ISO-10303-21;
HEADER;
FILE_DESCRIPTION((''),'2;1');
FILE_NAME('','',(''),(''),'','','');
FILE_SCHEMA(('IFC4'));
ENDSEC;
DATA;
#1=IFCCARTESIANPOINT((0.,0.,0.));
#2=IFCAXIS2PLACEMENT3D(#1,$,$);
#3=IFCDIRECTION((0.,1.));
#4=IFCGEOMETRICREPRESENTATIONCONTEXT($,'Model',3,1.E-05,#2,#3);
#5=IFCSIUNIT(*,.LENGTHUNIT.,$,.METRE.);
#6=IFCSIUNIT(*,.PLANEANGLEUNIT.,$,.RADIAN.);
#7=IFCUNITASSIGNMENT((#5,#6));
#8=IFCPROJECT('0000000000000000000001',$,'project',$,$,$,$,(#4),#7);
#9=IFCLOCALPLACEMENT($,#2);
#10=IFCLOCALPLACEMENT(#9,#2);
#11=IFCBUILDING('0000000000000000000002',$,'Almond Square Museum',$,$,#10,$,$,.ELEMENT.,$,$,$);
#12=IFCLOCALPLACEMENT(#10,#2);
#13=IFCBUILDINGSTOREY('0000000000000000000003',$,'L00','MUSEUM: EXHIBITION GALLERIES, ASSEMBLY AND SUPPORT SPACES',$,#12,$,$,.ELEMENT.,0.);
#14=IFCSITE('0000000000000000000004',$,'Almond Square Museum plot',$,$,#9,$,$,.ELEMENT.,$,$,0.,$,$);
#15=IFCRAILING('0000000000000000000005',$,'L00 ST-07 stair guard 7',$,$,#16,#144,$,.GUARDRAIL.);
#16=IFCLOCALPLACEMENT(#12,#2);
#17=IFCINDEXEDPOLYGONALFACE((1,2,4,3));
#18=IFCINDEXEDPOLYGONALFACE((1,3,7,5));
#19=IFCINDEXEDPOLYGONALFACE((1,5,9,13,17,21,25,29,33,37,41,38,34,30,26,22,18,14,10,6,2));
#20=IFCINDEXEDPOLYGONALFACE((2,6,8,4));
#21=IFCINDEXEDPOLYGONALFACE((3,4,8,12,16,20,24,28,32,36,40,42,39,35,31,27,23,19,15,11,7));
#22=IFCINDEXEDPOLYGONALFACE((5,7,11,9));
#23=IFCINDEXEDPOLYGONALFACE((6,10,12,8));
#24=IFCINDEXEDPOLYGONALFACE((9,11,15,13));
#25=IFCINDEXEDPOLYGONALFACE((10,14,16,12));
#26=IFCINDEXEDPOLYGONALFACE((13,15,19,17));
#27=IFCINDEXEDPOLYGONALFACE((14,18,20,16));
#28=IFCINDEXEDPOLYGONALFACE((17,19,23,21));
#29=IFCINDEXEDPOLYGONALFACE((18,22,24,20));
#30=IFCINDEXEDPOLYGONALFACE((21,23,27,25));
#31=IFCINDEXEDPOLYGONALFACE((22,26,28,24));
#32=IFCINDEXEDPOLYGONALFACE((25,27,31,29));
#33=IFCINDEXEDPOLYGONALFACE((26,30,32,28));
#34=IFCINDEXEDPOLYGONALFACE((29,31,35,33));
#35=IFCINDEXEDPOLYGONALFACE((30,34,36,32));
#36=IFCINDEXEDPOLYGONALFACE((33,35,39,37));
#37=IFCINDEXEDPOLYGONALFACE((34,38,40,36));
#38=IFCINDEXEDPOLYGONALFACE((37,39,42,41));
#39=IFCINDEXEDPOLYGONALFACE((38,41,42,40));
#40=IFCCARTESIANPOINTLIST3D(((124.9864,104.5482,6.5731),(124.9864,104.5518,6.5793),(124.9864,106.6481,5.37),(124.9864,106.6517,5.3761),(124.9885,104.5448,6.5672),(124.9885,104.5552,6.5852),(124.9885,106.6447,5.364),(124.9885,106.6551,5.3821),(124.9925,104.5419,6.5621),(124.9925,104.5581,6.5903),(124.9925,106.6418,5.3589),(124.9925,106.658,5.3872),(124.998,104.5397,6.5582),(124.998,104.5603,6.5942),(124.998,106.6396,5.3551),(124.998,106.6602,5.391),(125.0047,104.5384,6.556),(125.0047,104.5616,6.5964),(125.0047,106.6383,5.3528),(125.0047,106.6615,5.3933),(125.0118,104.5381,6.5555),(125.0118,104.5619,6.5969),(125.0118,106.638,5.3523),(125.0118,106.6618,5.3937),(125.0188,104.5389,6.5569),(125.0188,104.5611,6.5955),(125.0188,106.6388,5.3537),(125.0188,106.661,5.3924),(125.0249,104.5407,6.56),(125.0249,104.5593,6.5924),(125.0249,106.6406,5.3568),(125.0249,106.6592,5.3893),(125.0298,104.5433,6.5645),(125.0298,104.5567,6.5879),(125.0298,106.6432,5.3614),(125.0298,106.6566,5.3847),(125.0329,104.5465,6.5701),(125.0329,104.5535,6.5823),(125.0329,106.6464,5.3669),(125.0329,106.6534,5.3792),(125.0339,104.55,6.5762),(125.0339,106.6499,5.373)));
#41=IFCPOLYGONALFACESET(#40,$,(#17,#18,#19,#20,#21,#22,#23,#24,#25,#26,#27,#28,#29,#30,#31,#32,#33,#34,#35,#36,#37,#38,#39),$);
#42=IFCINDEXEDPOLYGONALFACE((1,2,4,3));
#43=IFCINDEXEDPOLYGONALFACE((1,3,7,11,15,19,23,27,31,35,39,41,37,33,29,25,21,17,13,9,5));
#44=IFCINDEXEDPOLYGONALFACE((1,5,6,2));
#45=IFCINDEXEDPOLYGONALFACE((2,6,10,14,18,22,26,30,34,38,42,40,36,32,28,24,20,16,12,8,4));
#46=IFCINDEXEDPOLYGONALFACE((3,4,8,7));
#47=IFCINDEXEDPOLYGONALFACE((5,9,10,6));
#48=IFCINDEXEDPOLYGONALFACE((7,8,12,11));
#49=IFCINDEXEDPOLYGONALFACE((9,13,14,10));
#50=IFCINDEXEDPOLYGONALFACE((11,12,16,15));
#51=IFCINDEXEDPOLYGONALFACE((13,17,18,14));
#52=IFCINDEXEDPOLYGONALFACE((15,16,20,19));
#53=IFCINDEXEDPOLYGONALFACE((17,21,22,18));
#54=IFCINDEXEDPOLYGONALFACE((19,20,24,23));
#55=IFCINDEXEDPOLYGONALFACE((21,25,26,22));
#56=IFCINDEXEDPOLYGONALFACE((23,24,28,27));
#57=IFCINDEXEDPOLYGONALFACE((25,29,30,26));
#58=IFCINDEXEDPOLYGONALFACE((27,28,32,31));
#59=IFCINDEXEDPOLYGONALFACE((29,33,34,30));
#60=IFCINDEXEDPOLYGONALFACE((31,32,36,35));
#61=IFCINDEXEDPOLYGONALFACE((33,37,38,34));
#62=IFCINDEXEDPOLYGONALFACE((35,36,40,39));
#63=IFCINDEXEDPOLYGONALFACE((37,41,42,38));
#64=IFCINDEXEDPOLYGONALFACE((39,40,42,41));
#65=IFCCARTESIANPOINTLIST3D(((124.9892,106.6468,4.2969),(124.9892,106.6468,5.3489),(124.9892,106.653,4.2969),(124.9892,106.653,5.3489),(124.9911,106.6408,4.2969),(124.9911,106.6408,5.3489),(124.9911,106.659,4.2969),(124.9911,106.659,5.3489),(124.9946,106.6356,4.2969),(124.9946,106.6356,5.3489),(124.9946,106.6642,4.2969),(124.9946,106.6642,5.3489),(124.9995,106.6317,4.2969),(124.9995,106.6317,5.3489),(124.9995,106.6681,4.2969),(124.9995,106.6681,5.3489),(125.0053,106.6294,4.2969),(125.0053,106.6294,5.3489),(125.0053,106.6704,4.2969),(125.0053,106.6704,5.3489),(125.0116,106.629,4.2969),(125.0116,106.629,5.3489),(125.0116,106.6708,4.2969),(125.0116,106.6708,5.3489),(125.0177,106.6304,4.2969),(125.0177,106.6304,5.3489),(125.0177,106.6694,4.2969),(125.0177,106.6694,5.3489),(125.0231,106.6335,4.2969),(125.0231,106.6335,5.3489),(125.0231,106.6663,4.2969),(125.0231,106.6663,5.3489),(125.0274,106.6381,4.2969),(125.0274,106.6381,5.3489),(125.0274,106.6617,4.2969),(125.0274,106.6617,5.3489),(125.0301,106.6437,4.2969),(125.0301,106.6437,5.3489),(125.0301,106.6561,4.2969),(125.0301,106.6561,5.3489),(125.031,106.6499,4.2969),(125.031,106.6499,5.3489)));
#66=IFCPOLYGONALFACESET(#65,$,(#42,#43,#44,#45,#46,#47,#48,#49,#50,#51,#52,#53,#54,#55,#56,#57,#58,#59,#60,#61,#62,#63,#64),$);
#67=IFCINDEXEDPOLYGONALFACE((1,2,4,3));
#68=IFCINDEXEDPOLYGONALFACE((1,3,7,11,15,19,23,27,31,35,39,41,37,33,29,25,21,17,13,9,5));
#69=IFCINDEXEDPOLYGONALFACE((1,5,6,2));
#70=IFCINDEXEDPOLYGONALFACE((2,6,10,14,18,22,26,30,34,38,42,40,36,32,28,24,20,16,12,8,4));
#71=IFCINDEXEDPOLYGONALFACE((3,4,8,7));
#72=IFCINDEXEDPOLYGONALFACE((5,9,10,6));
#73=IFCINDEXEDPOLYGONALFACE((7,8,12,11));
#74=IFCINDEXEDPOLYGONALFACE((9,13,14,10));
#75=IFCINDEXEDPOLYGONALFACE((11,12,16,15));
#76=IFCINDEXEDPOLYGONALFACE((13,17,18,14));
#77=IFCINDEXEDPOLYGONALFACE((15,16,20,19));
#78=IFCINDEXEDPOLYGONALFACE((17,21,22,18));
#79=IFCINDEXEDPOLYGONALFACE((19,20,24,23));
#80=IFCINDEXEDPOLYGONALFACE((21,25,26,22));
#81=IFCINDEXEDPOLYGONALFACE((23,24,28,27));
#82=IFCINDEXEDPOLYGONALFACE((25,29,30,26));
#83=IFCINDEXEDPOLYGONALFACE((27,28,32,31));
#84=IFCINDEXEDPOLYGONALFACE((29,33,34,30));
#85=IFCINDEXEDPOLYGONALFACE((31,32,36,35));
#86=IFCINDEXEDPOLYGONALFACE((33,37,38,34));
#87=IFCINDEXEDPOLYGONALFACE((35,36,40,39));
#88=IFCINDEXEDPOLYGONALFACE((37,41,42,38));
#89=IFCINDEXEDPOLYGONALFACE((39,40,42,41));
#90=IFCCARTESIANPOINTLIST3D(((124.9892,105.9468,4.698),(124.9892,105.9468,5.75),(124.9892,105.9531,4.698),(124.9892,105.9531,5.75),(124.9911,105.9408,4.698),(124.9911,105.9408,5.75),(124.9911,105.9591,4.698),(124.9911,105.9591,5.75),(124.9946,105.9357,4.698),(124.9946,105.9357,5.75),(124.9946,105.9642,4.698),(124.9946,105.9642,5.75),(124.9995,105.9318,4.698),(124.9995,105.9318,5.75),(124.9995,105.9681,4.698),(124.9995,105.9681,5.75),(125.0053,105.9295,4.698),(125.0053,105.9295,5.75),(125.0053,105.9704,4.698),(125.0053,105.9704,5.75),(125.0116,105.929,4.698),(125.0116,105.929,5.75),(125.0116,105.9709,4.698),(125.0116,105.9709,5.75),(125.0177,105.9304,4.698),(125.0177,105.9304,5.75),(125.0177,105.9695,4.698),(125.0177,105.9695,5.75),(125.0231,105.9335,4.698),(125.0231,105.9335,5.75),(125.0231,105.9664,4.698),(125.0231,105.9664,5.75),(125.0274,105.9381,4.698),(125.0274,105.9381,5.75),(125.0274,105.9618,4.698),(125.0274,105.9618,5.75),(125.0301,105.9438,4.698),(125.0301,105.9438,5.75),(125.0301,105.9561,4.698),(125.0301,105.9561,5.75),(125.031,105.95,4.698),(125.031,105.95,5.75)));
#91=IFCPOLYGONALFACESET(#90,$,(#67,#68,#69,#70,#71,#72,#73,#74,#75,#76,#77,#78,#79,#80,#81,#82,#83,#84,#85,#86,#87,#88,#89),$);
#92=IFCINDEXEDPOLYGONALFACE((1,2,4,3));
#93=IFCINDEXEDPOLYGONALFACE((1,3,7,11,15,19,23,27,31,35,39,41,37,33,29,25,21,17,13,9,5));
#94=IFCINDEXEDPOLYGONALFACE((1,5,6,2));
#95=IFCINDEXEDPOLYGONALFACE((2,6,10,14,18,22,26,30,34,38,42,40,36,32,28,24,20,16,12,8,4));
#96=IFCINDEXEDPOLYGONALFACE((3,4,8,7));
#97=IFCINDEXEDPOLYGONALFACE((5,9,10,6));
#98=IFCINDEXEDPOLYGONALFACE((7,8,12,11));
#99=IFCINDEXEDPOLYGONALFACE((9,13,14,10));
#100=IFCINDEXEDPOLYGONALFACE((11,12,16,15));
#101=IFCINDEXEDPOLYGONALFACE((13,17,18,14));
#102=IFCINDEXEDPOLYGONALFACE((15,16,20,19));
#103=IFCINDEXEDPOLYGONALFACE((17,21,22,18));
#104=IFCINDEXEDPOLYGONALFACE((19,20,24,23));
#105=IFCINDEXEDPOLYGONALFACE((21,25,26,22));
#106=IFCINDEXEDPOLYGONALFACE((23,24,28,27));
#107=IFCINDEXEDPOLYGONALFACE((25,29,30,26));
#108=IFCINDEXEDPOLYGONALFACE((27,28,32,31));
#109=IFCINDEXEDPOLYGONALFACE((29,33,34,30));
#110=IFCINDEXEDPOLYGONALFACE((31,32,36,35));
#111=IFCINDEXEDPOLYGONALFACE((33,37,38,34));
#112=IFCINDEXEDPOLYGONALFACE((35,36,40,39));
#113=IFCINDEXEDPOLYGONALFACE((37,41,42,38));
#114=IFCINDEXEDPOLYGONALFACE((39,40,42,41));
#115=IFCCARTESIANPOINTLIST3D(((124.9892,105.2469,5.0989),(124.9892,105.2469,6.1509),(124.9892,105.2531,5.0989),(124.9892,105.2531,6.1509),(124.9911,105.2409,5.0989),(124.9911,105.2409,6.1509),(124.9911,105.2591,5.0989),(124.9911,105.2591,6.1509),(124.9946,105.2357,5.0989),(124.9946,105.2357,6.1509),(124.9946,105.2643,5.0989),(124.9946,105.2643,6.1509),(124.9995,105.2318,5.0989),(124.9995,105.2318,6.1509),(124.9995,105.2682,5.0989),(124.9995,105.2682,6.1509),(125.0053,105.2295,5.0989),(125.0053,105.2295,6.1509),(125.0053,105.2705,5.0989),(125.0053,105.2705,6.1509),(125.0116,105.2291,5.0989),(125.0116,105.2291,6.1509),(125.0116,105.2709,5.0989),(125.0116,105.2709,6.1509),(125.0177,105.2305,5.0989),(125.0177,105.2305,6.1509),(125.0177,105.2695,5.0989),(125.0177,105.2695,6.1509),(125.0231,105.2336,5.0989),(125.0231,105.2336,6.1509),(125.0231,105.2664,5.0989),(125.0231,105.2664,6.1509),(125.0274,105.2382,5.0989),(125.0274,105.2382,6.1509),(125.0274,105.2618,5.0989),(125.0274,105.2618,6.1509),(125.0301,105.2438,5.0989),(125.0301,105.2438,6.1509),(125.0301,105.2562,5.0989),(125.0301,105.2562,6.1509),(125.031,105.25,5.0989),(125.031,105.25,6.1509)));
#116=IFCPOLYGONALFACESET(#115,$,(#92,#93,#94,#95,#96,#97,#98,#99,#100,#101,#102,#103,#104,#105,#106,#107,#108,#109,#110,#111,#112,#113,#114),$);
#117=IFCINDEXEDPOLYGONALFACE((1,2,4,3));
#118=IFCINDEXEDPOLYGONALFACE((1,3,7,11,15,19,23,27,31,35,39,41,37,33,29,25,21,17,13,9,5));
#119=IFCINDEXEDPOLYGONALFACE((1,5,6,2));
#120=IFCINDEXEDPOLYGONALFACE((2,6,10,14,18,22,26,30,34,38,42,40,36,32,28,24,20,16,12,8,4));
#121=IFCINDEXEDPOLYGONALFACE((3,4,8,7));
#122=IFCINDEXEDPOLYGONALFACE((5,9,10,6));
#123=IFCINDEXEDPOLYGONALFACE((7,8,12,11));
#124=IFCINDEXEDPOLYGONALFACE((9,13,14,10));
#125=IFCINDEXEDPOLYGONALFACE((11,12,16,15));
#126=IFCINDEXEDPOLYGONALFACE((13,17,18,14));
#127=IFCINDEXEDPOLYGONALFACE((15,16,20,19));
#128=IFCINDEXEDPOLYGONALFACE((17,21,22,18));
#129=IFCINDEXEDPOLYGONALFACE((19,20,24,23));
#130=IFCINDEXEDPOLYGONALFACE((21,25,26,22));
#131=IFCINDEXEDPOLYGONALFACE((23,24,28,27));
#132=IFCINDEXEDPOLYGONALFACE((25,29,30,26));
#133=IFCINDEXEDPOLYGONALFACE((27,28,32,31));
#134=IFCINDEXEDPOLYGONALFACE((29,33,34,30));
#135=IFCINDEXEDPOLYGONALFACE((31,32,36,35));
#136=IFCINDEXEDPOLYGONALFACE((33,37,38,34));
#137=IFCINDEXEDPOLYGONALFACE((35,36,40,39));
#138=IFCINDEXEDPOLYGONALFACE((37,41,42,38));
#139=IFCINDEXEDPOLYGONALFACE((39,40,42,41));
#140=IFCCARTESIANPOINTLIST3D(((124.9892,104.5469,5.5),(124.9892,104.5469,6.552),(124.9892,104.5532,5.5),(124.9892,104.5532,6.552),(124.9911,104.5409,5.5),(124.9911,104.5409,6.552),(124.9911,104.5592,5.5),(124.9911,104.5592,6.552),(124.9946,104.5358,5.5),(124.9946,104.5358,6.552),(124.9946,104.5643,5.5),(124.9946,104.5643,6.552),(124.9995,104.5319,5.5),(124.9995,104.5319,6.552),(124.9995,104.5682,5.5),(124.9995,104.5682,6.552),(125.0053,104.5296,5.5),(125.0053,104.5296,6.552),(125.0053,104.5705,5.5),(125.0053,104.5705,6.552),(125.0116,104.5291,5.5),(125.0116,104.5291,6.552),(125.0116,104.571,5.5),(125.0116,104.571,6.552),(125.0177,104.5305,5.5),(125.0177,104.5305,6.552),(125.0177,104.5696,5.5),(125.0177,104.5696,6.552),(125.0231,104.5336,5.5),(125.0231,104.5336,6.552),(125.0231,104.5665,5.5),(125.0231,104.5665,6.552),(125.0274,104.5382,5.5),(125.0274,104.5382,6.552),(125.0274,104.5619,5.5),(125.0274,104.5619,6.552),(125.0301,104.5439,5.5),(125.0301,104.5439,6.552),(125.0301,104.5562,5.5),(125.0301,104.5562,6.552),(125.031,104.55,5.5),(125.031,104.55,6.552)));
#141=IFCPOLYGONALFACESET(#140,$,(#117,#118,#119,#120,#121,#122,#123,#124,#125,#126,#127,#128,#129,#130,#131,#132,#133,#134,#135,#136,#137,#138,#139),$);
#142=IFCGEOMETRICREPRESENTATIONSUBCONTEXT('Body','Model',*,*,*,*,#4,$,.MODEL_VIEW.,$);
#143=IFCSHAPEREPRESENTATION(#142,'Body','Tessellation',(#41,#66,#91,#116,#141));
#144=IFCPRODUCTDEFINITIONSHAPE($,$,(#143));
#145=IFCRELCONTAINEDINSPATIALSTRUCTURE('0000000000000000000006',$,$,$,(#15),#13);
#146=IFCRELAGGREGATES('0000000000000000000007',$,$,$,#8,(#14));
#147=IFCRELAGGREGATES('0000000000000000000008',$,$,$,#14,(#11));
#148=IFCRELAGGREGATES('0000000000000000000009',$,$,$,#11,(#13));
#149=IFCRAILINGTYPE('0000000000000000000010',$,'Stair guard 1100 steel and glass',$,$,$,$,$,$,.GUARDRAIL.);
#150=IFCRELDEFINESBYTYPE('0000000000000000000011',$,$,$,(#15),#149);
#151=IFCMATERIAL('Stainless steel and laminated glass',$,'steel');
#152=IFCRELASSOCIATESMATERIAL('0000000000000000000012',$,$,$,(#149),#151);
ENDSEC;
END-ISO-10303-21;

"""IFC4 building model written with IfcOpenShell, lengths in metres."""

from ifc_helpers import new_model, si_unit, direction, frame, origin, origin_2d, place, context, subcontext, project, spatial, circle, extrude, material, type_object, element, save


model = new_model("IFC4")

# Units and contexts
model_context = context("Model", 3, precision=1e-05, world=origin(), true_north=direction((0.0, 1.0)))
body_context = subcontext(model_context, "Body", "Model", "MODEL_VIEW")
ifc_project = project(units=[si_unit("LENGTHUNIT", "METRE"), si_unit("PLANEANGLEUNIT", "RADIAN")], contexts=[model_context])

# Site, building, storey
site_placement = place(None, origin())
site = spatial("IfcSite", under=ifc_project, at=site_placement, Name="Almond Square Museum plot", CompositionType="ELEMENT", RefElevation=0.0)
building_placement = place(site_placement, origin())
building = spatial("IfcBuilding", under=site, at=building_placement, Name="Almond Square Museum", CompositionType="ELEMENT")
storey_placement = place(building_placement, origin())
storey = spatial("IfcBuildingStorey", under=building, at=storey_placement, Name="L00", Description="MUSEUM: EXHIBITION GALLERIES, ASSEMBLY AND SUPPORT SPACES", CompositionType="ELEMENT", Elevation=0.0)

# Railing
ifc_material_1 = material(Name="Stainless steel and laminated glass", Category="steel")
railing_type_1 = type_object("IfcRailingType", Name="Stair guard 1100 steel and glass", PredefinedType="GUARDRAIL", material=ifc_material_1)
railing_1_placement = place(storey_placement, frame((125.01, 106.6499, 4.2969)))
element("IfcRailing", 1, at=railing_1_placement, inside=storey, type_object=railing_type_1, Name="L00 ST-07 stair guard 7", PredefinedType="GUARDRAIL", context=body_context, shape_type="SweptSolid", body=[
    extrude(circle(Radius=0.0239, at=origin_2d()), frame((0.0, 0.0, 1.0762), z_axis=(0.0, -0.867671, 0.497138), x_axis=(1.0, 0.0, 0.0)), (0.0, 0.0, 1.0), 2.4202),
    extrude(circle(Radius=0.021, at=origin_2d()), origin(), (0.0, 0.0, 1.0), 1.052),
    extrude(circle(Radius=0.021, at=origin_2d()), frame((0.0, -0.7, 0.4011)), (0.0, 0.0, 1.0), 1.052),
    extrude(circle(Radius=0.021, at=origin_2d()), frame((0.0, -1.3999, 0.802)), (0.0, 0.0, 1.0), 1.052),
    extrude(circle(Radius=0.021, at=origin_2d()), frame((0.0, -2.0999, 1.2031)), (0.0, 0.0, 1.0), 1.052),
])

save(model, "model.ifc")
